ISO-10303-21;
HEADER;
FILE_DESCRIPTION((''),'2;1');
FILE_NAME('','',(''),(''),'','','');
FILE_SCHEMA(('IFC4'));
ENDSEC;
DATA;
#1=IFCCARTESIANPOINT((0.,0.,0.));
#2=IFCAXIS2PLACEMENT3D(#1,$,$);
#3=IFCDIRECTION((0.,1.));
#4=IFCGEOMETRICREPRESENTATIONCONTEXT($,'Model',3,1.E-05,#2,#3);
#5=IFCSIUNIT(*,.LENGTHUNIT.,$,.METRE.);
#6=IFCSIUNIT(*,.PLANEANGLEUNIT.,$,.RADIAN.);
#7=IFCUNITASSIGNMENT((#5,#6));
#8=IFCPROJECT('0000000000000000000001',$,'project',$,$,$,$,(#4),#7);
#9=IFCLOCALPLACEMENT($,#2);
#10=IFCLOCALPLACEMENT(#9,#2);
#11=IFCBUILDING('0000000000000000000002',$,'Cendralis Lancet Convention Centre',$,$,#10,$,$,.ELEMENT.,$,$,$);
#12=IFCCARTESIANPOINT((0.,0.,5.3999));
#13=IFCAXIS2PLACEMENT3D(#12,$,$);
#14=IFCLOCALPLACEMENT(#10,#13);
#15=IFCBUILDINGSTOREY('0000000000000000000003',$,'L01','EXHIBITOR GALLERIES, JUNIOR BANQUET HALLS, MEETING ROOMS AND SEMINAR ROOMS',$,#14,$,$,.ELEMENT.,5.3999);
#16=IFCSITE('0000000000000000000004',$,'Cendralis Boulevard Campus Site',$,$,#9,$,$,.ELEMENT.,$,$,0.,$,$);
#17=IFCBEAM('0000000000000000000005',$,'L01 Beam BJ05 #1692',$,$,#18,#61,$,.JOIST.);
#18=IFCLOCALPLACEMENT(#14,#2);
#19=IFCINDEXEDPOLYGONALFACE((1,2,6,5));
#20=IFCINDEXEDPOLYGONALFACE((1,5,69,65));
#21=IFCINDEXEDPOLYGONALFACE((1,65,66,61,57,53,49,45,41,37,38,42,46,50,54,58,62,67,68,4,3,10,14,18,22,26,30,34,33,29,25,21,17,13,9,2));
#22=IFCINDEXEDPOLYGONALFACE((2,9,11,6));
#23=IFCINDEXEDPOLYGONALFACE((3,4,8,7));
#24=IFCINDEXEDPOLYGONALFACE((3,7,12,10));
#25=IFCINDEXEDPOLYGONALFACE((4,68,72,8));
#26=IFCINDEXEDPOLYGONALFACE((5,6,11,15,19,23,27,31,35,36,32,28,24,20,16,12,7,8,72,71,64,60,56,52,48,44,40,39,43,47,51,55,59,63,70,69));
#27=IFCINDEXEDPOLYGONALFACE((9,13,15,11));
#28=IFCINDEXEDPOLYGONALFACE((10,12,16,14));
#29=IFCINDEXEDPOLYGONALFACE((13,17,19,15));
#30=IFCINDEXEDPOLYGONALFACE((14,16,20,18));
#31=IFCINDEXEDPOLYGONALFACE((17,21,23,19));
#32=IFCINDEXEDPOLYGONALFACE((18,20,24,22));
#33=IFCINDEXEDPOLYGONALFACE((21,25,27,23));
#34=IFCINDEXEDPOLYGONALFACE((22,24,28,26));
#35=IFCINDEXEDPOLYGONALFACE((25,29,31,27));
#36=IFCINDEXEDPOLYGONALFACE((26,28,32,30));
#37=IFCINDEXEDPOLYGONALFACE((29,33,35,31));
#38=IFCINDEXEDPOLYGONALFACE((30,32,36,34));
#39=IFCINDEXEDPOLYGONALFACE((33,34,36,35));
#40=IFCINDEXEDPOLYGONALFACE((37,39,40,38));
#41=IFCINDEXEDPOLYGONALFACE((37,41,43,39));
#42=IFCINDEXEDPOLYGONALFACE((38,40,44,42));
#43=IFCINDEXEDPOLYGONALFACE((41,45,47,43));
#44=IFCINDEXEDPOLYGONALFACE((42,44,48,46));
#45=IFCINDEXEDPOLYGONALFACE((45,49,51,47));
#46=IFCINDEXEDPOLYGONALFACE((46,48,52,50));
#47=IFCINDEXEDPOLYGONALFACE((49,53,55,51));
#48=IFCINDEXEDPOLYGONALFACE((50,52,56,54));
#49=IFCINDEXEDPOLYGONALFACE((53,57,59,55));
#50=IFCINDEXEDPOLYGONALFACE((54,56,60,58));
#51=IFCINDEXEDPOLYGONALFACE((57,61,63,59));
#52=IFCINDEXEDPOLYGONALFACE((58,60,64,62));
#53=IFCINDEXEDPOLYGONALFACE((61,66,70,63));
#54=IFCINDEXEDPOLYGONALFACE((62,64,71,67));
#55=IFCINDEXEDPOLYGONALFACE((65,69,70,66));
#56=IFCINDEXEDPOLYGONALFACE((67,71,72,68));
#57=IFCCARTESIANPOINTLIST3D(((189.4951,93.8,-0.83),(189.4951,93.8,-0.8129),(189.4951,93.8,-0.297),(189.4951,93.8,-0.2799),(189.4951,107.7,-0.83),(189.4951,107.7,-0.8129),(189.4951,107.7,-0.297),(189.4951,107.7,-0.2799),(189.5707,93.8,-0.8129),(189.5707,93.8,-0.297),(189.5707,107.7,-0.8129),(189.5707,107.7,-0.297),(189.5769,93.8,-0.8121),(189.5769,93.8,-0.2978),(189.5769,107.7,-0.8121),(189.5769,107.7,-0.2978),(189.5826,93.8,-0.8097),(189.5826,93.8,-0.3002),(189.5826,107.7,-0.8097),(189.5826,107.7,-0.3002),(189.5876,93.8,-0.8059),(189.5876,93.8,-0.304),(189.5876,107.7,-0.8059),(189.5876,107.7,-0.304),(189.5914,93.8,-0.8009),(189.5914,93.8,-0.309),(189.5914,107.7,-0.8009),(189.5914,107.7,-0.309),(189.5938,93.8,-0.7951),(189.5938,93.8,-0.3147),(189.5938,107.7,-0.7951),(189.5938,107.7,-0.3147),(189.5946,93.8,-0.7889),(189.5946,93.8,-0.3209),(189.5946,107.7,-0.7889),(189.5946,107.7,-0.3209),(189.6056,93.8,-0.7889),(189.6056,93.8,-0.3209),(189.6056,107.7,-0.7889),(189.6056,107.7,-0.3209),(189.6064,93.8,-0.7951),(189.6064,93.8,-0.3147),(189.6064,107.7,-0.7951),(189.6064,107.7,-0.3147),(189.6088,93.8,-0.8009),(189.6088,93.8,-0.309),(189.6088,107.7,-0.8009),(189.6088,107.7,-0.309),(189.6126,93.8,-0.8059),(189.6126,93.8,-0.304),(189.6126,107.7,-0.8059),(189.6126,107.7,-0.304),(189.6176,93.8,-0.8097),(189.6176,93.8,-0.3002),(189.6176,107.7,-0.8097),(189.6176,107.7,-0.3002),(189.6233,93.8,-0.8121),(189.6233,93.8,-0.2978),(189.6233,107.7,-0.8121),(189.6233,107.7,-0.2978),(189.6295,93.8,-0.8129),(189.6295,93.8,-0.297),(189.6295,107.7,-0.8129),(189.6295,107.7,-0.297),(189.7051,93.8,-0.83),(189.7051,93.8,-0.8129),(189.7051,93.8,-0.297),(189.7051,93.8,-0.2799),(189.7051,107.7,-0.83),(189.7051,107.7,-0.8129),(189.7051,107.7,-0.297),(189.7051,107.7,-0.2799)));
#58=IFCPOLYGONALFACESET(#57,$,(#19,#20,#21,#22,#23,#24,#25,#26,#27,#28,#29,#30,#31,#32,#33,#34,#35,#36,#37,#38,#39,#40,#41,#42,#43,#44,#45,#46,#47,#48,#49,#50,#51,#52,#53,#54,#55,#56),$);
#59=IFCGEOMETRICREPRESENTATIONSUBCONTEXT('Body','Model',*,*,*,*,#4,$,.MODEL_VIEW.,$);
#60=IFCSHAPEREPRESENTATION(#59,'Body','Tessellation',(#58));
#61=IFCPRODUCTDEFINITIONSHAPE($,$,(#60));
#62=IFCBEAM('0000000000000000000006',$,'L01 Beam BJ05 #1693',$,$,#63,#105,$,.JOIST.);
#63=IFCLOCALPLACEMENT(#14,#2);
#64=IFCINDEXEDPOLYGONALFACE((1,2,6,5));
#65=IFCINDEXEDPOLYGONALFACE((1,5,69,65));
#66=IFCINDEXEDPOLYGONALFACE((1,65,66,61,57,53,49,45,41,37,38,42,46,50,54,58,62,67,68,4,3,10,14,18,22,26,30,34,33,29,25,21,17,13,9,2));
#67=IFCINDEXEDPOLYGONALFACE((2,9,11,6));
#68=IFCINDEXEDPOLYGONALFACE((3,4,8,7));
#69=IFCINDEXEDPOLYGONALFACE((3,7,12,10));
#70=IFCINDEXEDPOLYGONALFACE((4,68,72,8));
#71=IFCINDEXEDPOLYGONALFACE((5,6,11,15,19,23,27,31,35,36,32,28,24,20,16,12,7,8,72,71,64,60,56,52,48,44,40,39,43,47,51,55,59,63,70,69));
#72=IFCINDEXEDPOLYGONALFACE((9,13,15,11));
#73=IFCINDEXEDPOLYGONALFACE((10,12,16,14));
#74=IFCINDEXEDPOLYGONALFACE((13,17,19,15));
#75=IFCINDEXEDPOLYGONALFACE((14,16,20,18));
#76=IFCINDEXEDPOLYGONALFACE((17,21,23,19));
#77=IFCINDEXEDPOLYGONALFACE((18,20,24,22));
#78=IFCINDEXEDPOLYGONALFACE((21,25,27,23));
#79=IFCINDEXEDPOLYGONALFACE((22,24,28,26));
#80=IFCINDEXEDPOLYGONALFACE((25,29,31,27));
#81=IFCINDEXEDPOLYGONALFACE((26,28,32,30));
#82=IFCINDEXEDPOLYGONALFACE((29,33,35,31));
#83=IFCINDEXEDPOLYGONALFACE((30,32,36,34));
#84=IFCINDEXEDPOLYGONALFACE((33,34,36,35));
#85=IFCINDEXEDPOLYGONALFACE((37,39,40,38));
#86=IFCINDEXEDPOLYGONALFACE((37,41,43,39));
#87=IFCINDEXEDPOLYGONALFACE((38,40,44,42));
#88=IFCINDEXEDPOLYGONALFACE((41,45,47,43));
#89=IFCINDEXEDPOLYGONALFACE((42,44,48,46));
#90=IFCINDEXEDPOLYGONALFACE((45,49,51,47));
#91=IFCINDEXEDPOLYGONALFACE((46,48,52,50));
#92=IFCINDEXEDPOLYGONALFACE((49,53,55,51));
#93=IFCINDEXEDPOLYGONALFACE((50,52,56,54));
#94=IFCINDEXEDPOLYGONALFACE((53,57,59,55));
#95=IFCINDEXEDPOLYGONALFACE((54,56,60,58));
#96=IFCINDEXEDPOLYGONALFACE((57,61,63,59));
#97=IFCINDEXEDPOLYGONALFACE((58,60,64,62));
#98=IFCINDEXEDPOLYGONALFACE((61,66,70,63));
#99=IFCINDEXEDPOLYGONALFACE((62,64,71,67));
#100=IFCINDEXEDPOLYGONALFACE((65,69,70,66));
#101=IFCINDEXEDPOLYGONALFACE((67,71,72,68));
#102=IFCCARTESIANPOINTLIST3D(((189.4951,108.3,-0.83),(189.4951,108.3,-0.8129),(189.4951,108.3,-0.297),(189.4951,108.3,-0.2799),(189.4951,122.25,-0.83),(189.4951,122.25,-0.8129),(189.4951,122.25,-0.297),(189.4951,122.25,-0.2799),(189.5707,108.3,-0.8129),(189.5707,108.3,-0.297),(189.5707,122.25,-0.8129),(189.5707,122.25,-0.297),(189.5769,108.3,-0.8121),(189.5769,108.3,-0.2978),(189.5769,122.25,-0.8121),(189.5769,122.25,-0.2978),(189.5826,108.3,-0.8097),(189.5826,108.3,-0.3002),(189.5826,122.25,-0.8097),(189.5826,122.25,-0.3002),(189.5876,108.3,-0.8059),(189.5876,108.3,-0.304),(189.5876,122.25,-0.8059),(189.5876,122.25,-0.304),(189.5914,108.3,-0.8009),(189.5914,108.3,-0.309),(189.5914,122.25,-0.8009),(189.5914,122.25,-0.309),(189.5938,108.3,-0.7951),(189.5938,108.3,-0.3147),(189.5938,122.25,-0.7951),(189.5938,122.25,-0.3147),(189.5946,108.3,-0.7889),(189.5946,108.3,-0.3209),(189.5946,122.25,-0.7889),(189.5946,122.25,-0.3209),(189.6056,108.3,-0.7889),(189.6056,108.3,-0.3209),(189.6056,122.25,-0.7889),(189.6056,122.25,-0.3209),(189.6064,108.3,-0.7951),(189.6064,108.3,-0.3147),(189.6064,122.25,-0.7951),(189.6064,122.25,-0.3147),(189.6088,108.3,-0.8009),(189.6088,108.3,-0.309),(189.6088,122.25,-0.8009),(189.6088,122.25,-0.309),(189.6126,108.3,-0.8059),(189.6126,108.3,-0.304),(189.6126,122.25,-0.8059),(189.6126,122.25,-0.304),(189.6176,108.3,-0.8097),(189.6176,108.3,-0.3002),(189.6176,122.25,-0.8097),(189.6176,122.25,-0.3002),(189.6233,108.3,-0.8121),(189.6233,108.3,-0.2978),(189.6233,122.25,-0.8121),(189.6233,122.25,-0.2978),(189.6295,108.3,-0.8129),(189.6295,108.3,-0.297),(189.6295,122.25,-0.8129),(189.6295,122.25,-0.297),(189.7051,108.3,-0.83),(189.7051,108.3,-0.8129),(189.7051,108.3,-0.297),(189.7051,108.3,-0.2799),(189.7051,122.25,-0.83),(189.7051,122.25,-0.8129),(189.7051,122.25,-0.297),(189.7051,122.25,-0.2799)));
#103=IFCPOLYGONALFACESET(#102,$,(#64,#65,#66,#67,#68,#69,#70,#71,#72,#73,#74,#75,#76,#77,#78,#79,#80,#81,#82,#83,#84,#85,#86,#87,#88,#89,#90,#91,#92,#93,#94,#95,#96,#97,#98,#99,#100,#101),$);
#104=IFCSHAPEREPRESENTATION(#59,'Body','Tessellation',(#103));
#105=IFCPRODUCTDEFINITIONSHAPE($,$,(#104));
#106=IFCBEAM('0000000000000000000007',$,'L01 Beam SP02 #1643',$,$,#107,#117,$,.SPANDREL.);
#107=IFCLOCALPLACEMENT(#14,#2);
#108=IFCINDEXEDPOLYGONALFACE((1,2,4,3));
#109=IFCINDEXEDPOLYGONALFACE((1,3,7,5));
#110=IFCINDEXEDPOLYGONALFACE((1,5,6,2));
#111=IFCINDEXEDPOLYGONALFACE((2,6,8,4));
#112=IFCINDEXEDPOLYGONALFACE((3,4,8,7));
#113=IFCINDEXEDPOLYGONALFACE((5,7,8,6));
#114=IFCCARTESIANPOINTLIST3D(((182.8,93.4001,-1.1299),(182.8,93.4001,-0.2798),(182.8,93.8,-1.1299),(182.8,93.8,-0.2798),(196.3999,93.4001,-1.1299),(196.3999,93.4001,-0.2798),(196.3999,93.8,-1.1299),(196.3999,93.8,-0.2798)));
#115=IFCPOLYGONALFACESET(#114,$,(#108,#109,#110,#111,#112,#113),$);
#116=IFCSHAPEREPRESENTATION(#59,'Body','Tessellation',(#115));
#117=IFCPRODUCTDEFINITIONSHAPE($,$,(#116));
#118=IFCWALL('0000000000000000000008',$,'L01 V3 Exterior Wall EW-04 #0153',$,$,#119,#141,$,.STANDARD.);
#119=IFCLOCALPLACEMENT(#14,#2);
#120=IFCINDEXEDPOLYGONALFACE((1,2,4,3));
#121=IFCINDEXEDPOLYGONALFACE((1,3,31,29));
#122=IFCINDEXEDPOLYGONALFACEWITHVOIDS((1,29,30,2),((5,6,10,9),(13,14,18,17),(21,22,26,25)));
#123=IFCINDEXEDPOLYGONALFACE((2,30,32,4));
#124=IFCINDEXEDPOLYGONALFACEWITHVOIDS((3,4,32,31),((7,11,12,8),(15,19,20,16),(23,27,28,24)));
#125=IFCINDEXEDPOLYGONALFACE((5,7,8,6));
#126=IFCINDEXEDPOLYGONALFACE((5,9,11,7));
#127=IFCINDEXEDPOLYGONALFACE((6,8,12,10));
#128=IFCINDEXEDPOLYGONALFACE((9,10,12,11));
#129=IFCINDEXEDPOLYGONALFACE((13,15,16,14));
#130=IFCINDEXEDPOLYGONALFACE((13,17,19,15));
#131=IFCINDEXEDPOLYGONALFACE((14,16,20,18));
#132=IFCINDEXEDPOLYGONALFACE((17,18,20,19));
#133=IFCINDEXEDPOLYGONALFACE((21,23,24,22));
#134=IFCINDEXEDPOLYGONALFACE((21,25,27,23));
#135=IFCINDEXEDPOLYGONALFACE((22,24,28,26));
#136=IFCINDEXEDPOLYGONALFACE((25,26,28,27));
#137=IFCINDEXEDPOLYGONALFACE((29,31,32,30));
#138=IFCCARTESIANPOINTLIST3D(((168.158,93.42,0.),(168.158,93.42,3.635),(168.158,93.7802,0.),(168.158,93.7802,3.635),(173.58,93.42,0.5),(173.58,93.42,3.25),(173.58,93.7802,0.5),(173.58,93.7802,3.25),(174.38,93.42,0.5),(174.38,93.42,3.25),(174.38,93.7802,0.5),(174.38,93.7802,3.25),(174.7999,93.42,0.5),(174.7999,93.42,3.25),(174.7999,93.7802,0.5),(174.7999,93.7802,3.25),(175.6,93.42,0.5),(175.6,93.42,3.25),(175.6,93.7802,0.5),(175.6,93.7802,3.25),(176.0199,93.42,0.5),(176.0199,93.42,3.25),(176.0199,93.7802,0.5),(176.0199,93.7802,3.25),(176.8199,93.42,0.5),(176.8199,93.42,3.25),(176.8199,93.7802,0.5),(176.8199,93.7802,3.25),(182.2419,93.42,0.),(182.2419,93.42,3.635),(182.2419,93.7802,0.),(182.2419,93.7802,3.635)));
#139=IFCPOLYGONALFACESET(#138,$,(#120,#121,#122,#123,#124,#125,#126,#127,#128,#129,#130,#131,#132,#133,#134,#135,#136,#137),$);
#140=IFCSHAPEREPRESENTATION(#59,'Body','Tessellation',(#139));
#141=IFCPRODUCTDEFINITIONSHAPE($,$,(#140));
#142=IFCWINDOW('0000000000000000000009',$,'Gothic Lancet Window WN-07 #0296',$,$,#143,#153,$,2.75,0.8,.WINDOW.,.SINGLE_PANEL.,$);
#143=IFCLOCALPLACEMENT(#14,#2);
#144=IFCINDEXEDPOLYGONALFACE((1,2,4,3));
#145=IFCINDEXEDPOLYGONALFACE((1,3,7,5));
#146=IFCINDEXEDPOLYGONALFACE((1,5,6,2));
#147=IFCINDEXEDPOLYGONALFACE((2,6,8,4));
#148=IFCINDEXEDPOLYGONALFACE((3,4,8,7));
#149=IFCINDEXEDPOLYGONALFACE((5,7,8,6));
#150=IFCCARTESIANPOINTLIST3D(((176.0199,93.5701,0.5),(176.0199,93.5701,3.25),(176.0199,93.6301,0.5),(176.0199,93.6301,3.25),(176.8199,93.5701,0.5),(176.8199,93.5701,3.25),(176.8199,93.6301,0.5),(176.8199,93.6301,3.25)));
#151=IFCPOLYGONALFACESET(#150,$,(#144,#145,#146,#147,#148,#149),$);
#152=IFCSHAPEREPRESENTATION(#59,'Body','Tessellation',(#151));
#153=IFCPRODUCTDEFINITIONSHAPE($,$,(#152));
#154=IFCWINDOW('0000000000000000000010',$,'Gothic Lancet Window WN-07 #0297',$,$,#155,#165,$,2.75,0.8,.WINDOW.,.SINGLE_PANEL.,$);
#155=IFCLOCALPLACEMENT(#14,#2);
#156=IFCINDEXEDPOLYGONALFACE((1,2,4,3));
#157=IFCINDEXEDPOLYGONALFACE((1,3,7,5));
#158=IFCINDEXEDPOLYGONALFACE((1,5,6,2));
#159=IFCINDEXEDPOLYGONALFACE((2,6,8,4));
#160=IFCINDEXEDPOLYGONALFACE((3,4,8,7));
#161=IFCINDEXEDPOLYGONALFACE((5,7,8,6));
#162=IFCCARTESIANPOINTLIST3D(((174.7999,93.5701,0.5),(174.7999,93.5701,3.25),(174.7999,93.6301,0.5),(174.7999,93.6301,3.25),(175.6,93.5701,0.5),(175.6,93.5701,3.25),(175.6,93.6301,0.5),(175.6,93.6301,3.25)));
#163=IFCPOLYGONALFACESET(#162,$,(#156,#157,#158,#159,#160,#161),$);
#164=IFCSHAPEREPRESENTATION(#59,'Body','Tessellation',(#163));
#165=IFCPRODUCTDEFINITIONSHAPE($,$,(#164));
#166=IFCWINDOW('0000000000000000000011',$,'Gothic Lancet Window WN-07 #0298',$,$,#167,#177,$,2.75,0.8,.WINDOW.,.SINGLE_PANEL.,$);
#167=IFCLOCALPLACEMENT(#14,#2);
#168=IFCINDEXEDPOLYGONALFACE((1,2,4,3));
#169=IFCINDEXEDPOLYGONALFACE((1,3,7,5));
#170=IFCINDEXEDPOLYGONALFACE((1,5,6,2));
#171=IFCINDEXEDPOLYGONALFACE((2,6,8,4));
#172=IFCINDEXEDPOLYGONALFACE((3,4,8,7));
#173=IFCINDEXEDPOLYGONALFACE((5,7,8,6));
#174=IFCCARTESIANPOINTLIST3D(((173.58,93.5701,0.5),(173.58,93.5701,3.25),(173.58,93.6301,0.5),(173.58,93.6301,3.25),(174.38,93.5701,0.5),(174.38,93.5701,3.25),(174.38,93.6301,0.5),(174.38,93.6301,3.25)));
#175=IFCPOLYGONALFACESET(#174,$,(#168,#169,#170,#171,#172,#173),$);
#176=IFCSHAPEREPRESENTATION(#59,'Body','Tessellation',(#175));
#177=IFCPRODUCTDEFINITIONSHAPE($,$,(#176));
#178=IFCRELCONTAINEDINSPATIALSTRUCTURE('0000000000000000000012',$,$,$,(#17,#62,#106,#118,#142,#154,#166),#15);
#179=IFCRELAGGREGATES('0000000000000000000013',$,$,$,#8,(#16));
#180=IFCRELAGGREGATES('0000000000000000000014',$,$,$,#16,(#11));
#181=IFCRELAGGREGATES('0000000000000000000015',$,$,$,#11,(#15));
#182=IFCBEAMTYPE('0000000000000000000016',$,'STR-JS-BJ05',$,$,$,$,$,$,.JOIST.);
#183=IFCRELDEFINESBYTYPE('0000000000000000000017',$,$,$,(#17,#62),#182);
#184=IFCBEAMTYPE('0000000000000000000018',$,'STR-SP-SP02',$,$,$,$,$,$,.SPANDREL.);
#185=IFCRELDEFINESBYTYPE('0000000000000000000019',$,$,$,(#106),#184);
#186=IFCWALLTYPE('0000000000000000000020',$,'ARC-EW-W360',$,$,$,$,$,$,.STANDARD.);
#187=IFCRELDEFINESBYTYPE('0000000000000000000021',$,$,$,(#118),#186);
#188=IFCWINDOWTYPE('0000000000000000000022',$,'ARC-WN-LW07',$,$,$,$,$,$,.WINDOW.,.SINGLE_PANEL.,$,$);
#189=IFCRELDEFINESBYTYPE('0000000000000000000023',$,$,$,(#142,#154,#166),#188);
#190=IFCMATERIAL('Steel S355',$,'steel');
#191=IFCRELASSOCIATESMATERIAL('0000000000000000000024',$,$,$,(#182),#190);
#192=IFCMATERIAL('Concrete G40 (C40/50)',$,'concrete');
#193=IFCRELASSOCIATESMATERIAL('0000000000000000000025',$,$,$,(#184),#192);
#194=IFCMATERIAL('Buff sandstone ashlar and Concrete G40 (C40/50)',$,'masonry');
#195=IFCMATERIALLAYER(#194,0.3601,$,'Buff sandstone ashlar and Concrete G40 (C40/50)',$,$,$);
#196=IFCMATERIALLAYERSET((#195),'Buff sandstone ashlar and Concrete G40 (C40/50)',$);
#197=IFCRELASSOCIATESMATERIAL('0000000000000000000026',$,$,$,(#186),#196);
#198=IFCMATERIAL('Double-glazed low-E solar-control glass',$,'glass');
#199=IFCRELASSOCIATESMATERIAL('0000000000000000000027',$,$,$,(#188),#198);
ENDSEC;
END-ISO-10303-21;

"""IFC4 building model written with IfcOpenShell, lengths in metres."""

from ifc_helpers import new_model, si_unit, direction, frame, frame_2d, origin, origin_2d, place, context, subcontext, project, spatial, rectangle, i_section, extrude, material, layer, layer_set, material_profile, profile_set, type_object, element, fill, save


model = new_model("IFC4")

# Units and contexts
model_context = context("Model", 3, precision=1e-05, world=origin(), true_north=direction((0.0, 1.0)))
body_context = subcontext(model_context, "Body", "Model", "MODEL_VIEW")
ifc_project = project(units=[si_unit("LENGTHUNIT", "METRE"), si_unit("PLANEANGLEUNIT", "RADIAN")], contexts=[model_context])

# Site, building, storey
site_placement = place(None, origin())
site = spatial("IfcSite", under=ifc_project, at=site_placement, Name="Cendralis Boulevard Campus Site", CompositionType="ELEMENT", RefElevation=0.0)
building_placement = place(site_placement, origin())
building = spatial("IfcBuilding", under=site, at=building_placement, Name="Cendralis Lancet Convention Centre", CompositionType="ELEMENT")
storey_placement = place(building_placement, frame((0.0, 0.0, 5.3999)))
storey = spatial("IfcBuildingStorey", under=building, at=storey_placement, Name="L01", Description="EXHIBITOR GALLERIES, JUNIOR BANQUET HALLS, MEETING ROOMS AND SEMINAR ROOMS", CompositionType="ELEMENT", Elevation=5.3999)

# Shared definitions
ifc_material_1 = material(Name="Steel S355", Category="steel")
ifc_material_2 = material(Name="Concrete G40 (C40/50)", Category="concrete")

# Beams
ifc_material_profile_1 = material_profile(ifc_material_1, i_section(OverallWidth=0.21, OverallDepth=0.55, WebThickness=0.011, FlangeThickness=0.0171, FilletRadius=0.0239, at=origin_2d()), Name="IPE 550")
ifc_profile_set_1 = profile_set([ifc_material_profile_1], Name="Steel S355")
beam_type_1 = type_object("IfcBeamType", Name="STR-JS-BJ05", PredefinedType="JOIST", material=ifc_profile_set_1)
beam_1_placement = place(storey_placement, frame((189.6001, 93.8, -0.5549), z_axis=(0.0, 1.0, 0.0), x_axis=(-1.0, 0.0, 0.0)))
element("IfcBeam", 1, at=beam_1_placement, inside=storey, type_object=beam_type_1, Name="L01 Beam BJ05 #1692", PredefinedType="JOIST", context=body_context, shape_type="SweptSolid", body=[
    extrude(i_section(OverallWidth=0.21, OverallDepth=0.55, WebThickness=0.011, FlangeThickness=0.0171, FilletRadius=0.0239, at=origin_2d()), origin(), (0.0, 0.0, 1.0), 13.8999),
])
beam_2_placement = place(storey_placement, frame((189.6001, 108.3, -0.5549), z_axis=(0.0, 1.0, 0.0), x_axis=(-1.0, 0.0, 0.0)))
element("IfcBeam", 2, at=beam_2_placement, inside=storey, type_object=beam_type_1, Name="L01 Beam BJ05 #1693", PredefinedType="JOIST", context=body_context, shape_type="SweptSolid", body=[
    extrude(i_section(OverallWidth=0.21, OverallDepth=0.55, WebThickness=0.011, FlangeThickness=0.0171, FilletRadius=0.0239, at=origin_2d()), origin(), (0.0, 0.0, 1.0), 13.95),
])
ifc_material_profile_2 = material_profile(ifc_material_2, rectangle(XDim=0.3999, YDim=0.8501, at=origin_2d()), Name="RCB 400x850")
ifc_profile_set_2 = profile_set([ifc_material_profile_2], Name="Concrete G40 (C40/50)")
beam_type_2 = type_object("IfcBeamType", Name="STR-SP-SP02", PredefinedType="SPANDREL", material=ifc_profile_set_2)
beam_3_placement = place(storey_placement, frame((182.8, 93.6001, -0.7048), z_axis=(1.0, 0.0, 0.0), x_axis=(0.0, 1.0, 0.0)))
element("IfcBeam", 3, at=beam_3_placement, inside=storey, type_object=beam_type_2, Name="L01 Beam SP02 #1643", PredefinedType="SPANDREL", context=body_context, shape_type="SweptSolid", body=[
    extrude(rectangle(XDim=0.3999, YDim=0.8501, at=origin_2d()), origin(), (0.0, 0.0, 1.0), 13.5999),
])

# Wall, openings, windows
ifc_material_3 = material(Name="Buff sandstone ashlar and Concrete G40 (C40/50)", Category="masonry")
ifc_layer_1 = layer(ifc_material_3, 0.3601, Name="Buff sandstone ashlar and Concrete G40 (C40/50)")
ifc_layer_set_1 = layer_set([ifc_layer_1], Name="Buff sandstone ashlar and Concrete G40 (C40/50)")
wall_type_1 = type_object("IfcWallType", Name="ARC-EW-W360", PredefinedType="STANDARD", material=ifc_layer_set_1)
wall_1_placement = place(storey_placement, frame((182.2419, 93.6001, 0.0), z_axis=(0.0, 0.0, 1.0), x_axis=(-1.0, 0.0, 0.0)))
wall_1 = element("IfcWall", 4, at=wall_1_placement, inside=storey, type_object=wall_type_1, Name="L01 V3 Exterior Wall EW-04 #0153", PredefinedType="STANDARD", context=body_context, shape_type="SweptSolid", body=[
    extrude(rectangle(XDim=14.084, YDim=0.3601, at=frame_2d((7.042, 0.0))), origin(), (0.0, 0.0, 1.0), 3.635),
])
opening_1_placement = place(wall_1_placement, frame((5.4221, 0.0, 0.5)))
opening_1 = element("IfcOpeningElement", 5, at=opening_1_placement, cuts=wall_1, PredefinedType="OPENING", context=body_context, shape_type="SweptSolid", body=[
    extrude(rectangle(XDim=0.8, YDim=2.75, at=frame_2d((0.3999, 1.375))), frame((0.0, 0.1899, 0.0), z_axis=(0.0, -1.0, 0.0), x_axis=(1.0, 0.0, 0.0)), (0.0, 0.0, 1.0), 0.3801),
])
opening_2_placement = place(wall_1_placement, frame((6.6421, 0.0, 0.5)))
opening_2 = element("IfcOpeningElement", 6, at=opening_2_placement, cuts=wall_1, PredefinedType="OPENING", context=body_context, shape_type="SweptSolid", body=[
    extrude(rectangle(XDim=0.8, YDim=2.75, at=frame_2d((0.3999, 1.375))), frame((0.0, 0.1899, 0.0), z_axis=(0.0, -1.0, 0.0), x_axis=(1.0, 0.0, 0.0)), (0.0, 0.0, 1.0), 0.3801),
])
opening_3_placement = place(wall_1_placement, frame((7.8621, 0.0, 0.5)))
opening_3 = element("IfcOpeningElement", 7, at=opening_3_placement, cuts=wall_1, PredefinedType="OPENING", context=body_context, shape_type="SweptSolid", body=[
    extrude(rectangle(XDim=0.8, YDim=2.75, at=frame_2d((0.3999, 1.375))), frame((0.0, 0.1899, 0.0), z_axis=(0.0, -1.0, 0.0), x_axis=(1.0, 0.0, 0.0)), (0.0, 0.0, 1.0), 0.3801),
])
ifc_material_4 = material(Name="Double-glazed low-E solar-control glass", Category="glass")
window_type = type_object("IfcWindowType", Name="ARC-WN-LW07", PartitioningType="SINGLE_PANEL", PredefinedType="WINDOW", material=ifc_material_4)
window_1_placement = place(opening_1_placement, origin())
window_1 = element("IfcWindow", 8, at=window_1_placement, inside=storey, type_object=window_type, Name="Gothic Lancet Window WN-07 #0296", OverallHeight=2.75, OverallWidth=0.8, PartitioningType="SINGLE_PANEL", PredefinedType="WINDOW", context=body_context, shape_type="SweptSolid", body=[
    extrude(rectangle(XDim=0.8, YDim=2.75, at=frame_2d((0.3999, 1.375))), frame((0.0, 0.03, 0.0), z_axis=(0.0, -1.0, 0.0), x_axis=(1.0, 0.0, 0.0)), (0.0, 0.0, 1.0), 0.0601),
])
fill(opening_1, window_1)
window_2_placement = place(opening_2_placement, origin())
window_2 = element("IfcWindow", 9, at=window_2_placement, inside=storey, type_object=window_type, Name="Gothic Lancet Window WN-07 #0297", OverallHeight=2.75, OverallWidth=0.8, PartitioningType="SINGLE_PANEL", PredefinedType="WINDOW", context=body_context, shape_type="SweptSolid", body=[
    extrude(rectangle(XDim=0.8, YDim=2.75, at=frame_2d((0.3999, 1.375))), frame((0.0, 0.03, 0.0), z_axis=(0.0, -1.0, 0.0), x_axis=(1.0, 0.0, 0.0)), (0.0, 0.0, 1.0), 0.0601),
])
fill(opening_2, window_2)
window_3_placement = place(opening_3_placement, origin())
window_3 = element("IfcWindow", 10, at=window_3_placement, inside=storey, type_object=window_type, Name="Gothic Lancet Window WN-07 #0298", OverallHeight=2.75, OverallWidth=0.8, PartitioningType="SINGLE_PANEL", PredefinedType="WINDOW", context=body_context, shape_type="SweptSolid", body=[
    extrude(rectangle(XDim=0.8, YDim=2.75, at=frame_2d((0.3999, 1.375))), frame((0.0, 0.03, 0.0), z_axis=(0.0, -1.0, 0.0), x_axis=(1.0, 0.0, 0.0)), (0.0, 0.0, 1.0), 0.0601),
])
fill(opening_3, window_3)

save(model, "model.ifc")
